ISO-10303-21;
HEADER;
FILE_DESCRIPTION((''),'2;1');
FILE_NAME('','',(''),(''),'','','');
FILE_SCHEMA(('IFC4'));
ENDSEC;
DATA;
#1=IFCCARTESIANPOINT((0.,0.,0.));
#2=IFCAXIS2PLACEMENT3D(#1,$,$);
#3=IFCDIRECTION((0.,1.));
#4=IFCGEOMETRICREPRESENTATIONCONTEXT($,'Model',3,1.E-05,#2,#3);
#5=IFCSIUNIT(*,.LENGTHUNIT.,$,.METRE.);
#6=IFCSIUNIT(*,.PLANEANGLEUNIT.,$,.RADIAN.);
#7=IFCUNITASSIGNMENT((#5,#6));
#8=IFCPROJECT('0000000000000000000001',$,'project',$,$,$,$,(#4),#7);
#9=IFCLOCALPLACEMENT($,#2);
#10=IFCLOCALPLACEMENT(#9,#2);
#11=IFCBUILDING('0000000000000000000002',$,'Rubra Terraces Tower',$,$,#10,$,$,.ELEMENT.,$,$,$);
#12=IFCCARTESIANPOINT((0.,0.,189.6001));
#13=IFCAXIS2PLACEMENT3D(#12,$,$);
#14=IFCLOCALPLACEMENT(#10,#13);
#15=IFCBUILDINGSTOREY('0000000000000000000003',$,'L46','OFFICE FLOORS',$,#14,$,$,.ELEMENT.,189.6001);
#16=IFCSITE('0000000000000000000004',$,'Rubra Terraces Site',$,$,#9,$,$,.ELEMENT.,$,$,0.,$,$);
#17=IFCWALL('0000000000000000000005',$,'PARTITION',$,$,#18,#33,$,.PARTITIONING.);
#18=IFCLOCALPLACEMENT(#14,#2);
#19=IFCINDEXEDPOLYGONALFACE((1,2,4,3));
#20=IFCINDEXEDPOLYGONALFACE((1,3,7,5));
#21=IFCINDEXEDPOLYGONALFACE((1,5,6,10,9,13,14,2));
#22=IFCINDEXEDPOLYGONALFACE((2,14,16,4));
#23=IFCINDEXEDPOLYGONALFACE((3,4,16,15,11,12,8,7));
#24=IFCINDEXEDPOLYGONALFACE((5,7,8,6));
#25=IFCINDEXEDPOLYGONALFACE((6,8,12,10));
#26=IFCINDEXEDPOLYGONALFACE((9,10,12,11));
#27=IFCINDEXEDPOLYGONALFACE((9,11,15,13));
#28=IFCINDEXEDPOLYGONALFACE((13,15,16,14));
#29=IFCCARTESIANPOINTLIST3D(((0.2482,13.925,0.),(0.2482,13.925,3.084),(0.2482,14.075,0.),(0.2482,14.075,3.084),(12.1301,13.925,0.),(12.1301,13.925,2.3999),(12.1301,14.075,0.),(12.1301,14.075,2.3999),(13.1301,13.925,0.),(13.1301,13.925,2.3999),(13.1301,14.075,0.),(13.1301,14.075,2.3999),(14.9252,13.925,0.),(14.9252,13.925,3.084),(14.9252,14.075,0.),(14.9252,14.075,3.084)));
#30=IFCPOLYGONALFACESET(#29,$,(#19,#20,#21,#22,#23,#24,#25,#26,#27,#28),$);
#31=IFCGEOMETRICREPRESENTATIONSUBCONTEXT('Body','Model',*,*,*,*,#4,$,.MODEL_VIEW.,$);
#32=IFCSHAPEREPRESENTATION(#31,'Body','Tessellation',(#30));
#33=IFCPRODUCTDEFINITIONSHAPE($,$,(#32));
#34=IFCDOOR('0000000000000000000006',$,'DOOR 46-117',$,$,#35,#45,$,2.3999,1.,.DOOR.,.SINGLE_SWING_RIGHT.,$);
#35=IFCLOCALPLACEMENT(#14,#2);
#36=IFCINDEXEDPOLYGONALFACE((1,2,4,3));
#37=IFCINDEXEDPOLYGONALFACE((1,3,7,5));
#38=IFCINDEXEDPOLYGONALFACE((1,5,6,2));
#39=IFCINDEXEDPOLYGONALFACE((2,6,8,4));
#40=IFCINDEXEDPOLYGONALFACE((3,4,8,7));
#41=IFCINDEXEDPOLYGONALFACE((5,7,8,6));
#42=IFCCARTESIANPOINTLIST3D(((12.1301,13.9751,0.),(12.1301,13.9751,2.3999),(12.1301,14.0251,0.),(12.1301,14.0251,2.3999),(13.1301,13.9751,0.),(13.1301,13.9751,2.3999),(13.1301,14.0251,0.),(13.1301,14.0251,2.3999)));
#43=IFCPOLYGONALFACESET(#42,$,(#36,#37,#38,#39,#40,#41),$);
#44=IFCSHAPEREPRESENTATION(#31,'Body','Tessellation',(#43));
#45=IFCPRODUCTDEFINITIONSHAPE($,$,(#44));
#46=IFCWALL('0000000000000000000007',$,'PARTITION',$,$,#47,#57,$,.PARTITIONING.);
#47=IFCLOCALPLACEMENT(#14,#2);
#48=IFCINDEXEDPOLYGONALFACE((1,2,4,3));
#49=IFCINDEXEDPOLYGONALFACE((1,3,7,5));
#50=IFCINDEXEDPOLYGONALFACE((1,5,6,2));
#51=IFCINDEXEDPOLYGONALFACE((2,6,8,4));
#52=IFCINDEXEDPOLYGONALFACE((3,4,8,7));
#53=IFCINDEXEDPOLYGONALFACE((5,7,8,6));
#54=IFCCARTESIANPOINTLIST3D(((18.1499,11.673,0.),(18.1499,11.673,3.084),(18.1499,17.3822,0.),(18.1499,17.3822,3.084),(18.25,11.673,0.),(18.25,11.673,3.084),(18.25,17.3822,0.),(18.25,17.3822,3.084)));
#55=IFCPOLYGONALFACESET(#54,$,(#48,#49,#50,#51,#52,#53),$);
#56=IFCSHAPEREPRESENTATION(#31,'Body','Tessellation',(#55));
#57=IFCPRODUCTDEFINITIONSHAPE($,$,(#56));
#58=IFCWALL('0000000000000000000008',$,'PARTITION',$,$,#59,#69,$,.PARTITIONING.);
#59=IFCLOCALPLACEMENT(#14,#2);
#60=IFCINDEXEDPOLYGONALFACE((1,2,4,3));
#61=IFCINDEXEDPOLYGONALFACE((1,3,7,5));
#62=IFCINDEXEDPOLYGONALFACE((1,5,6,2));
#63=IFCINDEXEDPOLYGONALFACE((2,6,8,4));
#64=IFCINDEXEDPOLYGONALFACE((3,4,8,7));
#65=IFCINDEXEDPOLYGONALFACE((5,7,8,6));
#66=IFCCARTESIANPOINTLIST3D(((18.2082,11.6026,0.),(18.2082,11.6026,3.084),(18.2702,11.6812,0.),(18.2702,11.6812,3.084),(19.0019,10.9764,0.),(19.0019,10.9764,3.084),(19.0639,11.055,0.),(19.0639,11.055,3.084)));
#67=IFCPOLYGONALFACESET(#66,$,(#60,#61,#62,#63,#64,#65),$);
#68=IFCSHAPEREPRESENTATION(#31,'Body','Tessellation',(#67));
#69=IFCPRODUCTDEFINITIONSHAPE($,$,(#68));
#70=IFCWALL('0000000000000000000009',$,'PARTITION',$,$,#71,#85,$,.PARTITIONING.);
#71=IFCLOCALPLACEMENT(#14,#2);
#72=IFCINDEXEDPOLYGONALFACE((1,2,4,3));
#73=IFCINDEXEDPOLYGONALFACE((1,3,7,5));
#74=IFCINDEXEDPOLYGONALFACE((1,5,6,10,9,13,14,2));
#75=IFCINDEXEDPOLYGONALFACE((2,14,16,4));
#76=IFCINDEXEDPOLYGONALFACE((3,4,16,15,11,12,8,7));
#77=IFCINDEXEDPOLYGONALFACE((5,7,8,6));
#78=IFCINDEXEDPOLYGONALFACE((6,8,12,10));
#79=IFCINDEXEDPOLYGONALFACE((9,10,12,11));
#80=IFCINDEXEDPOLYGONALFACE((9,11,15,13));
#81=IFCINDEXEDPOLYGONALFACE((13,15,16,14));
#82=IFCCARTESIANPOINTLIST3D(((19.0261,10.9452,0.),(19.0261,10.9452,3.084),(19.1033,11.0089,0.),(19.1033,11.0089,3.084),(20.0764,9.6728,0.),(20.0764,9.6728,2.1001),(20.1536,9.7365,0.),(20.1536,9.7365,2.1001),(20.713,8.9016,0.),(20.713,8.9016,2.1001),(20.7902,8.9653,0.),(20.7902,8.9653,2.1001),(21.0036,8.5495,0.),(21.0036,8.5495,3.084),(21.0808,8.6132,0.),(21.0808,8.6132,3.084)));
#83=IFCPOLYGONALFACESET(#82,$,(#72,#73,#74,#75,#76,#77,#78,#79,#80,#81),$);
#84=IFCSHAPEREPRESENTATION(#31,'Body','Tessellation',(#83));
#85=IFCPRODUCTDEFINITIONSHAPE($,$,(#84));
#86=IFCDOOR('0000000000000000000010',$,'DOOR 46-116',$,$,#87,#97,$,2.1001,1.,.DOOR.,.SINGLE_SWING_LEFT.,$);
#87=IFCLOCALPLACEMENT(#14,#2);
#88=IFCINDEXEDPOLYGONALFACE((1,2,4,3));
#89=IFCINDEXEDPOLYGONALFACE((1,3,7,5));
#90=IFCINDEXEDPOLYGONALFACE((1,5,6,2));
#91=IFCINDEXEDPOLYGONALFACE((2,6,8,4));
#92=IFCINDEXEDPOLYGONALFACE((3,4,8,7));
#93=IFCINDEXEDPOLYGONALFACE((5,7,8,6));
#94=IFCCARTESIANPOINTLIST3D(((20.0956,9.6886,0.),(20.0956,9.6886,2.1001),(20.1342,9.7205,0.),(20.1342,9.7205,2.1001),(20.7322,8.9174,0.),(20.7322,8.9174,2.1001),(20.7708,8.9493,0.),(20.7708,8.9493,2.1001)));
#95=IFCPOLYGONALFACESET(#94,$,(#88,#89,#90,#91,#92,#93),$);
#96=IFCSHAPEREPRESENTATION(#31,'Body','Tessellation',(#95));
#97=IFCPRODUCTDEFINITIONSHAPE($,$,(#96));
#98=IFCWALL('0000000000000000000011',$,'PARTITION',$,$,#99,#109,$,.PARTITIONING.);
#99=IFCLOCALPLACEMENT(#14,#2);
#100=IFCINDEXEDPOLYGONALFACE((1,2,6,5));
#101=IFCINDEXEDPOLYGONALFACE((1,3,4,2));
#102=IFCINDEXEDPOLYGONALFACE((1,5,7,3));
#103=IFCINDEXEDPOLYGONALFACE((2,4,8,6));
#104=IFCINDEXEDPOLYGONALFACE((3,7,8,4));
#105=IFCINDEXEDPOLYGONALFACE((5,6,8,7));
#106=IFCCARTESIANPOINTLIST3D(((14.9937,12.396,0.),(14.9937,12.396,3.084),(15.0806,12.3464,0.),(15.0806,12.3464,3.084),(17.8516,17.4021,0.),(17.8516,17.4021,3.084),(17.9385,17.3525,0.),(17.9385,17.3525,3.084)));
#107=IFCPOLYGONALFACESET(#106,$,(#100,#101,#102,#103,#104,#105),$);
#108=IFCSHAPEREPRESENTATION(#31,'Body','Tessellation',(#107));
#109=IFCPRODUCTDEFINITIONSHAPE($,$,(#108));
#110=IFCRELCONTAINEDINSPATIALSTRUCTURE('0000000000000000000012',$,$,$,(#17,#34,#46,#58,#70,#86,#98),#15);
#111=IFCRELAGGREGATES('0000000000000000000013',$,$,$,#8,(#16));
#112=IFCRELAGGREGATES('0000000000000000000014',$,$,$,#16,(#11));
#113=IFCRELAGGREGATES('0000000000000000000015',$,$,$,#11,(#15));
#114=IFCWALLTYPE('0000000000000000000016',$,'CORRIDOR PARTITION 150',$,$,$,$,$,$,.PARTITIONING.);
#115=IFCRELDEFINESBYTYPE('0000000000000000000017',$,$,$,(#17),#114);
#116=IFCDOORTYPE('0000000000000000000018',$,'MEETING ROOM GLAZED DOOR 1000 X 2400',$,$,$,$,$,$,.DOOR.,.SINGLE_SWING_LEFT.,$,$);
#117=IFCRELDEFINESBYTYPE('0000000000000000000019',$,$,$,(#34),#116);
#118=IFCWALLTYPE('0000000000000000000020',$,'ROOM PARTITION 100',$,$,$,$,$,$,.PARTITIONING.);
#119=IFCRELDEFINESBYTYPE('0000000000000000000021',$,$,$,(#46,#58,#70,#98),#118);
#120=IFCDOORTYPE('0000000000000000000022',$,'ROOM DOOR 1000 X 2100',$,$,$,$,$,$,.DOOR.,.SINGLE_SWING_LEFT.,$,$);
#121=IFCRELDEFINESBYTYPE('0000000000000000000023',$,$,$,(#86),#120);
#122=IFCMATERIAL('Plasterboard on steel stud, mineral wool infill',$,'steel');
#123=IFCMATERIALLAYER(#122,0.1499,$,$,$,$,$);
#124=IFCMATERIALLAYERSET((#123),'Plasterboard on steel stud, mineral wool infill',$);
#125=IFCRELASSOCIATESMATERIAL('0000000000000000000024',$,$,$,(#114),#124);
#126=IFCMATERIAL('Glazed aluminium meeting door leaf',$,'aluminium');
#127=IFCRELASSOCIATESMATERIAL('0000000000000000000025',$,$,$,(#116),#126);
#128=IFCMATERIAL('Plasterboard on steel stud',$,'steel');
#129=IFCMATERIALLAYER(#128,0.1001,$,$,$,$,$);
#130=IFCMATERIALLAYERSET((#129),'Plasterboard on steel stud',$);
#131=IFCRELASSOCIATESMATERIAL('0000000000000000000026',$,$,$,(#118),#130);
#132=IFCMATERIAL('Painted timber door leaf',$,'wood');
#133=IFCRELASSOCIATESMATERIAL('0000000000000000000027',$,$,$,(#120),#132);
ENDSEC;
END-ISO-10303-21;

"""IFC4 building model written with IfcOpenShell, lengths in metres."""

from ifc_helpers import new_model, si_unit, direction, frame, frame_2d, origin, place, context, subcontext, project, spatial, rectangle, extrude, material, layer, layer_set, type_object, element, fill, save


model = new_model("IFC4")

# Units and contexts
model_context = context("Model", 3, precision=1e-05, world=origin(), true_north=direction((0.0, 1.0)))
body_context = subcontext(model_context, "Body", "Model", "MODEL_VIEW")
ifc_project = project(units=[si_unit("LENGTHUNIT", "METRE"), si_unit("PLANEANGLEUNIT", "RADIAN")], contexts=[model_context])

# Site, building, storey
site_placement = place(None, origin())
site = spatial("IfcSite", under=ifc_project, at=site_placement, Name="Rubra Terraces Site", CompositionType="ELEMENT", RefElevation=0.0)
building_placement = place(site_placement, origin())
building = spatial("IfcBuilding", under=site, at=building_placement, Name="Rubra Terraces Tower", CompositionType="ELEMENT")
storey_placement = place(building_placement, frame((0.0, 0.0, 189.6001)))
storey = spatial("IfcBuildingStorey", under=building, at=storey_placement, Name="L46", Description="OFFICE FLOORS", CompositionType="ELEMENT", Elevation=189.6001)

# Shared definitions
ifc_material_1 = material(Name="Plasterboard on steel stud, mineral wool infill", Category="steel")
ifc_layer_1 = layer(ifc_material_1, 0.1499)
ifc_layer_set_1 = layer_set([ifc_layer_1], Name="Plasterboard on steel stud, mineral wool infill")
wall_type_1 = type_object("IfcWallType", Name="CORRIDOR PARTITION 150", PredefinedType="PARTITIONING", material=ifc_layer_set_1)

# Wall, opening, door
wall_1_placement = place(storey_placement, frame((14.925, 14.0, 0.0), z_axis=(0.0, 0.0, 1.0), x_axis=(-1.0, 0.0, 0.0)))
wall_1 = element("IfcWall", 1, at=wall_1_placement, inside=storey, type_object=wall_type_1, Name="PARTITION", PredefinedType="PARTITIONING", context=body_context, shape_type="SweptSolid", body=[
    extrude(rectangle(XDim=14.677, YDim=0.1499, at=frame_2d((7.3384, 0.0))), origin(), (0.0, 0.0, 1.0), 3.084),
])
opening_1_placement = place(wall_1_placement, frame((1.7949, 0.0, 0.0)))
opening_1 = element("IfcOpeningElement", 2, at=opening_1_placement, cuts=wall_1, PredefinedType="OPENING", context=body_context, shape_type="SweptSolid", body=[
    extrude(rectangle(XDim=1.0, YDim=2.3999, at=frame_2d((0.5, 1.2))), frame((0.0, 0.085, 0.0), z_axis=(0.0, -1.0, 0.0), x_axis=(1.0, 0.0, 0.0)), (0.0, 0.0, 1.0), 0.1699),
])
ifc_material_2 = material(Name="Glazed aluminium meeting door leaf", Category="aluminium")
door_type_1 = type_object("IfcDoorType", Name="MEETING ROOM GLAZED DOOR 1000 X 2400", OperationType="SINGLE_SWING_LEFT", PredefinedType="DOOR", material=ifc_material_2)
door_1_placement = place(opening_1_placement, origin())
door_1 = element("IfcDoor", 3, at=door_1_placement, inside=storey, type_object=door_type_1, Name="DOOR 46-117", OperationType="SINGLE_SWING_RIGHT", OverallHeight=2.3999, OverallWidth=1.0, PredefinedType="DOOR", context=body_context, shape_type="SweptSolid", body=[
    extrude(rectangle(XDim=1.0, YDim=2.3999, at=frame_2d((0.5, 1.2))), frame((0.0, 0.0249, 0.0), z_axis=(0.0, -1.0, 0.0), x_axis=(1.0, 0.0, 0.0)), (0.0, 0.0, 1.0), 0.05),
])
fill(opening_1, door_1)

# Walls
ifc_material_3 = material(Name="Plasterboard on steel stud", Category="steel")
ifc_layer_2 = layer(ifc_material_3, 0.1001)
ifc_layer_set_2 = layer_set([ifc_layer_2], Name="Plasterboard on steel stud")
wall_type_2 = type_object("IfcWallType", Name="ROOM PARTITION 100", PredefinedType="PARTITIONING", material=ifc_layer_set_2)
wall_2_placement = place(storey_placement, frame((18.2, 17.3821, 0.0), z_axis=(0.0, 0.0, 1.0), x_axis=(0.0, -1.0, 0.0)))
element("IfcWall", 4, at=wall_2_placement, inside=storey, type_object=wall_type_2, Name="PARTITION", PredefinedType="PARTITIONING", context=body_context, shape_type="SweptSolid", body=[
    extrude(rectangle(XDim=5.7092, YDim=0.1001, at=frame_2d((2.8545, 0.0))), origin(), (0.0, 0.0, 1.0), 3.084),
])
wall_3_placement = place(storey_placement, frame((18.2393, 11.6418, 0.0), z_axis=(0.0, 0.0, 1.0), x_axis=(0.785068, -0.619409, 0.0)))
element("IfcWall", 5, at=wall_3_placement, inside=storey, type_object=wall_type_2, Name="PARTITION", PredefinedType="PARTITIONING", context=body_context, shape_type="SweptSolid", body=[
    extrude(rectangle(XDim=1.011, YDim=0.1001, at=frame_2d((0.5054, 0.0))), origin(), (0.0, 0.0, 1.0), 3.084),
])

# Wall, opening, door
wall_4_placement = place(storey_placement, frame((19.0647, 10.9771, 0.0), z_axis=(0.0, 0.0, 1.0), x_axis=(0.636583, -0.771208, 0.0)))
wall_4 = element("IfcWall", 6, at=wall_4_placement, inside=storey, type_object=wall_type_2, Name="PARTITION", PredefinedType="PARTITIONING", context=body_context, shape_type="SweptSolid", body=[
    extrude(rectangle(XDim=3.1064, YDim=0.1001, at=frame_2d((1.5532, 0.0))), origin(), (0.0, 0.0, 1.0), 3.084),
])
opening_2_placement = place(wall_4_placement, frame((1.6499, 0.0, 0.0)))
opening_2 = element("IfcOpeningElement", 7, at=opening_2_placement, cuts=wall_4, PredefinedType="OPENING", context=body_context, shape_type="SweptSolid", body=[
    extrude(rectangle(XDim=1.0, YDim=2.1001, at=frame_2d((0.5, 1.05))), frame((0.0, 0.0601, 0.0), z_axis=(0.0, -1.0, 0.0), x_axis=(1.0, 0.0, 0.0)), (0.0, 0.0, 1.0), 0.1201),
])
ifc_material_4 = material(Name="Painted timber door leaf", Category="wood")
door_type_2 = type_object("IfcDoorType", Name="ROOM DOOR 1000 X 2100", OperationType="SINGLE_SWING_LEFT", PredefinedType="DOOR", material=ifc_material_4)
door_2_placement = place(opening_2_placement, origin())
door_2 = element("IfcDoor", 8, at=door_2_placement, inside=storey, type_object=door_type_2, Name="DOOR 46-116", OperationType="SINGLE_SWING_LEFT", OverallHeight=2.1001, OverallWidth=1.0, PredefinedType="DOOR", context=body_context, shape_type="SweptSolid", body=[
    extrude(rectangle(XDim=1.0, YDim=2.1001, at=frame_2d((0.5, 1.05))), frame((0.0, 0.0249, 0.0), z_axis=(0.0, -1.0, 0.0), x_axis=(1.0, 0.0, 0.0)), (0.0, 0.0, 1.0), 0.05),
])
fill(opening_2, door_2)

# Wall
wall_5_placement = place(storey_placement, frame((15.0371, 12.3711, 0.0), z_axis=(0.0, 0.0, 1.0), x_axis=(0.495783, 0.868446, 0.0)))
element("IfcWall", 9, at=wall_5_placement, inside=storey, type_object=wall_type_2, Name="PARTITION", PredefinedType="PARTITIONING", context=body_context, shape_type="SweptSolid", body=[
    extrude(rectangle(XDim=5.7644, YDim=0.1001, at=frame_2d((2.8823, 0.0))), origin(), (0.0, 0.0, 1.0), 3.084),
])

save(model, "model.ifc")
